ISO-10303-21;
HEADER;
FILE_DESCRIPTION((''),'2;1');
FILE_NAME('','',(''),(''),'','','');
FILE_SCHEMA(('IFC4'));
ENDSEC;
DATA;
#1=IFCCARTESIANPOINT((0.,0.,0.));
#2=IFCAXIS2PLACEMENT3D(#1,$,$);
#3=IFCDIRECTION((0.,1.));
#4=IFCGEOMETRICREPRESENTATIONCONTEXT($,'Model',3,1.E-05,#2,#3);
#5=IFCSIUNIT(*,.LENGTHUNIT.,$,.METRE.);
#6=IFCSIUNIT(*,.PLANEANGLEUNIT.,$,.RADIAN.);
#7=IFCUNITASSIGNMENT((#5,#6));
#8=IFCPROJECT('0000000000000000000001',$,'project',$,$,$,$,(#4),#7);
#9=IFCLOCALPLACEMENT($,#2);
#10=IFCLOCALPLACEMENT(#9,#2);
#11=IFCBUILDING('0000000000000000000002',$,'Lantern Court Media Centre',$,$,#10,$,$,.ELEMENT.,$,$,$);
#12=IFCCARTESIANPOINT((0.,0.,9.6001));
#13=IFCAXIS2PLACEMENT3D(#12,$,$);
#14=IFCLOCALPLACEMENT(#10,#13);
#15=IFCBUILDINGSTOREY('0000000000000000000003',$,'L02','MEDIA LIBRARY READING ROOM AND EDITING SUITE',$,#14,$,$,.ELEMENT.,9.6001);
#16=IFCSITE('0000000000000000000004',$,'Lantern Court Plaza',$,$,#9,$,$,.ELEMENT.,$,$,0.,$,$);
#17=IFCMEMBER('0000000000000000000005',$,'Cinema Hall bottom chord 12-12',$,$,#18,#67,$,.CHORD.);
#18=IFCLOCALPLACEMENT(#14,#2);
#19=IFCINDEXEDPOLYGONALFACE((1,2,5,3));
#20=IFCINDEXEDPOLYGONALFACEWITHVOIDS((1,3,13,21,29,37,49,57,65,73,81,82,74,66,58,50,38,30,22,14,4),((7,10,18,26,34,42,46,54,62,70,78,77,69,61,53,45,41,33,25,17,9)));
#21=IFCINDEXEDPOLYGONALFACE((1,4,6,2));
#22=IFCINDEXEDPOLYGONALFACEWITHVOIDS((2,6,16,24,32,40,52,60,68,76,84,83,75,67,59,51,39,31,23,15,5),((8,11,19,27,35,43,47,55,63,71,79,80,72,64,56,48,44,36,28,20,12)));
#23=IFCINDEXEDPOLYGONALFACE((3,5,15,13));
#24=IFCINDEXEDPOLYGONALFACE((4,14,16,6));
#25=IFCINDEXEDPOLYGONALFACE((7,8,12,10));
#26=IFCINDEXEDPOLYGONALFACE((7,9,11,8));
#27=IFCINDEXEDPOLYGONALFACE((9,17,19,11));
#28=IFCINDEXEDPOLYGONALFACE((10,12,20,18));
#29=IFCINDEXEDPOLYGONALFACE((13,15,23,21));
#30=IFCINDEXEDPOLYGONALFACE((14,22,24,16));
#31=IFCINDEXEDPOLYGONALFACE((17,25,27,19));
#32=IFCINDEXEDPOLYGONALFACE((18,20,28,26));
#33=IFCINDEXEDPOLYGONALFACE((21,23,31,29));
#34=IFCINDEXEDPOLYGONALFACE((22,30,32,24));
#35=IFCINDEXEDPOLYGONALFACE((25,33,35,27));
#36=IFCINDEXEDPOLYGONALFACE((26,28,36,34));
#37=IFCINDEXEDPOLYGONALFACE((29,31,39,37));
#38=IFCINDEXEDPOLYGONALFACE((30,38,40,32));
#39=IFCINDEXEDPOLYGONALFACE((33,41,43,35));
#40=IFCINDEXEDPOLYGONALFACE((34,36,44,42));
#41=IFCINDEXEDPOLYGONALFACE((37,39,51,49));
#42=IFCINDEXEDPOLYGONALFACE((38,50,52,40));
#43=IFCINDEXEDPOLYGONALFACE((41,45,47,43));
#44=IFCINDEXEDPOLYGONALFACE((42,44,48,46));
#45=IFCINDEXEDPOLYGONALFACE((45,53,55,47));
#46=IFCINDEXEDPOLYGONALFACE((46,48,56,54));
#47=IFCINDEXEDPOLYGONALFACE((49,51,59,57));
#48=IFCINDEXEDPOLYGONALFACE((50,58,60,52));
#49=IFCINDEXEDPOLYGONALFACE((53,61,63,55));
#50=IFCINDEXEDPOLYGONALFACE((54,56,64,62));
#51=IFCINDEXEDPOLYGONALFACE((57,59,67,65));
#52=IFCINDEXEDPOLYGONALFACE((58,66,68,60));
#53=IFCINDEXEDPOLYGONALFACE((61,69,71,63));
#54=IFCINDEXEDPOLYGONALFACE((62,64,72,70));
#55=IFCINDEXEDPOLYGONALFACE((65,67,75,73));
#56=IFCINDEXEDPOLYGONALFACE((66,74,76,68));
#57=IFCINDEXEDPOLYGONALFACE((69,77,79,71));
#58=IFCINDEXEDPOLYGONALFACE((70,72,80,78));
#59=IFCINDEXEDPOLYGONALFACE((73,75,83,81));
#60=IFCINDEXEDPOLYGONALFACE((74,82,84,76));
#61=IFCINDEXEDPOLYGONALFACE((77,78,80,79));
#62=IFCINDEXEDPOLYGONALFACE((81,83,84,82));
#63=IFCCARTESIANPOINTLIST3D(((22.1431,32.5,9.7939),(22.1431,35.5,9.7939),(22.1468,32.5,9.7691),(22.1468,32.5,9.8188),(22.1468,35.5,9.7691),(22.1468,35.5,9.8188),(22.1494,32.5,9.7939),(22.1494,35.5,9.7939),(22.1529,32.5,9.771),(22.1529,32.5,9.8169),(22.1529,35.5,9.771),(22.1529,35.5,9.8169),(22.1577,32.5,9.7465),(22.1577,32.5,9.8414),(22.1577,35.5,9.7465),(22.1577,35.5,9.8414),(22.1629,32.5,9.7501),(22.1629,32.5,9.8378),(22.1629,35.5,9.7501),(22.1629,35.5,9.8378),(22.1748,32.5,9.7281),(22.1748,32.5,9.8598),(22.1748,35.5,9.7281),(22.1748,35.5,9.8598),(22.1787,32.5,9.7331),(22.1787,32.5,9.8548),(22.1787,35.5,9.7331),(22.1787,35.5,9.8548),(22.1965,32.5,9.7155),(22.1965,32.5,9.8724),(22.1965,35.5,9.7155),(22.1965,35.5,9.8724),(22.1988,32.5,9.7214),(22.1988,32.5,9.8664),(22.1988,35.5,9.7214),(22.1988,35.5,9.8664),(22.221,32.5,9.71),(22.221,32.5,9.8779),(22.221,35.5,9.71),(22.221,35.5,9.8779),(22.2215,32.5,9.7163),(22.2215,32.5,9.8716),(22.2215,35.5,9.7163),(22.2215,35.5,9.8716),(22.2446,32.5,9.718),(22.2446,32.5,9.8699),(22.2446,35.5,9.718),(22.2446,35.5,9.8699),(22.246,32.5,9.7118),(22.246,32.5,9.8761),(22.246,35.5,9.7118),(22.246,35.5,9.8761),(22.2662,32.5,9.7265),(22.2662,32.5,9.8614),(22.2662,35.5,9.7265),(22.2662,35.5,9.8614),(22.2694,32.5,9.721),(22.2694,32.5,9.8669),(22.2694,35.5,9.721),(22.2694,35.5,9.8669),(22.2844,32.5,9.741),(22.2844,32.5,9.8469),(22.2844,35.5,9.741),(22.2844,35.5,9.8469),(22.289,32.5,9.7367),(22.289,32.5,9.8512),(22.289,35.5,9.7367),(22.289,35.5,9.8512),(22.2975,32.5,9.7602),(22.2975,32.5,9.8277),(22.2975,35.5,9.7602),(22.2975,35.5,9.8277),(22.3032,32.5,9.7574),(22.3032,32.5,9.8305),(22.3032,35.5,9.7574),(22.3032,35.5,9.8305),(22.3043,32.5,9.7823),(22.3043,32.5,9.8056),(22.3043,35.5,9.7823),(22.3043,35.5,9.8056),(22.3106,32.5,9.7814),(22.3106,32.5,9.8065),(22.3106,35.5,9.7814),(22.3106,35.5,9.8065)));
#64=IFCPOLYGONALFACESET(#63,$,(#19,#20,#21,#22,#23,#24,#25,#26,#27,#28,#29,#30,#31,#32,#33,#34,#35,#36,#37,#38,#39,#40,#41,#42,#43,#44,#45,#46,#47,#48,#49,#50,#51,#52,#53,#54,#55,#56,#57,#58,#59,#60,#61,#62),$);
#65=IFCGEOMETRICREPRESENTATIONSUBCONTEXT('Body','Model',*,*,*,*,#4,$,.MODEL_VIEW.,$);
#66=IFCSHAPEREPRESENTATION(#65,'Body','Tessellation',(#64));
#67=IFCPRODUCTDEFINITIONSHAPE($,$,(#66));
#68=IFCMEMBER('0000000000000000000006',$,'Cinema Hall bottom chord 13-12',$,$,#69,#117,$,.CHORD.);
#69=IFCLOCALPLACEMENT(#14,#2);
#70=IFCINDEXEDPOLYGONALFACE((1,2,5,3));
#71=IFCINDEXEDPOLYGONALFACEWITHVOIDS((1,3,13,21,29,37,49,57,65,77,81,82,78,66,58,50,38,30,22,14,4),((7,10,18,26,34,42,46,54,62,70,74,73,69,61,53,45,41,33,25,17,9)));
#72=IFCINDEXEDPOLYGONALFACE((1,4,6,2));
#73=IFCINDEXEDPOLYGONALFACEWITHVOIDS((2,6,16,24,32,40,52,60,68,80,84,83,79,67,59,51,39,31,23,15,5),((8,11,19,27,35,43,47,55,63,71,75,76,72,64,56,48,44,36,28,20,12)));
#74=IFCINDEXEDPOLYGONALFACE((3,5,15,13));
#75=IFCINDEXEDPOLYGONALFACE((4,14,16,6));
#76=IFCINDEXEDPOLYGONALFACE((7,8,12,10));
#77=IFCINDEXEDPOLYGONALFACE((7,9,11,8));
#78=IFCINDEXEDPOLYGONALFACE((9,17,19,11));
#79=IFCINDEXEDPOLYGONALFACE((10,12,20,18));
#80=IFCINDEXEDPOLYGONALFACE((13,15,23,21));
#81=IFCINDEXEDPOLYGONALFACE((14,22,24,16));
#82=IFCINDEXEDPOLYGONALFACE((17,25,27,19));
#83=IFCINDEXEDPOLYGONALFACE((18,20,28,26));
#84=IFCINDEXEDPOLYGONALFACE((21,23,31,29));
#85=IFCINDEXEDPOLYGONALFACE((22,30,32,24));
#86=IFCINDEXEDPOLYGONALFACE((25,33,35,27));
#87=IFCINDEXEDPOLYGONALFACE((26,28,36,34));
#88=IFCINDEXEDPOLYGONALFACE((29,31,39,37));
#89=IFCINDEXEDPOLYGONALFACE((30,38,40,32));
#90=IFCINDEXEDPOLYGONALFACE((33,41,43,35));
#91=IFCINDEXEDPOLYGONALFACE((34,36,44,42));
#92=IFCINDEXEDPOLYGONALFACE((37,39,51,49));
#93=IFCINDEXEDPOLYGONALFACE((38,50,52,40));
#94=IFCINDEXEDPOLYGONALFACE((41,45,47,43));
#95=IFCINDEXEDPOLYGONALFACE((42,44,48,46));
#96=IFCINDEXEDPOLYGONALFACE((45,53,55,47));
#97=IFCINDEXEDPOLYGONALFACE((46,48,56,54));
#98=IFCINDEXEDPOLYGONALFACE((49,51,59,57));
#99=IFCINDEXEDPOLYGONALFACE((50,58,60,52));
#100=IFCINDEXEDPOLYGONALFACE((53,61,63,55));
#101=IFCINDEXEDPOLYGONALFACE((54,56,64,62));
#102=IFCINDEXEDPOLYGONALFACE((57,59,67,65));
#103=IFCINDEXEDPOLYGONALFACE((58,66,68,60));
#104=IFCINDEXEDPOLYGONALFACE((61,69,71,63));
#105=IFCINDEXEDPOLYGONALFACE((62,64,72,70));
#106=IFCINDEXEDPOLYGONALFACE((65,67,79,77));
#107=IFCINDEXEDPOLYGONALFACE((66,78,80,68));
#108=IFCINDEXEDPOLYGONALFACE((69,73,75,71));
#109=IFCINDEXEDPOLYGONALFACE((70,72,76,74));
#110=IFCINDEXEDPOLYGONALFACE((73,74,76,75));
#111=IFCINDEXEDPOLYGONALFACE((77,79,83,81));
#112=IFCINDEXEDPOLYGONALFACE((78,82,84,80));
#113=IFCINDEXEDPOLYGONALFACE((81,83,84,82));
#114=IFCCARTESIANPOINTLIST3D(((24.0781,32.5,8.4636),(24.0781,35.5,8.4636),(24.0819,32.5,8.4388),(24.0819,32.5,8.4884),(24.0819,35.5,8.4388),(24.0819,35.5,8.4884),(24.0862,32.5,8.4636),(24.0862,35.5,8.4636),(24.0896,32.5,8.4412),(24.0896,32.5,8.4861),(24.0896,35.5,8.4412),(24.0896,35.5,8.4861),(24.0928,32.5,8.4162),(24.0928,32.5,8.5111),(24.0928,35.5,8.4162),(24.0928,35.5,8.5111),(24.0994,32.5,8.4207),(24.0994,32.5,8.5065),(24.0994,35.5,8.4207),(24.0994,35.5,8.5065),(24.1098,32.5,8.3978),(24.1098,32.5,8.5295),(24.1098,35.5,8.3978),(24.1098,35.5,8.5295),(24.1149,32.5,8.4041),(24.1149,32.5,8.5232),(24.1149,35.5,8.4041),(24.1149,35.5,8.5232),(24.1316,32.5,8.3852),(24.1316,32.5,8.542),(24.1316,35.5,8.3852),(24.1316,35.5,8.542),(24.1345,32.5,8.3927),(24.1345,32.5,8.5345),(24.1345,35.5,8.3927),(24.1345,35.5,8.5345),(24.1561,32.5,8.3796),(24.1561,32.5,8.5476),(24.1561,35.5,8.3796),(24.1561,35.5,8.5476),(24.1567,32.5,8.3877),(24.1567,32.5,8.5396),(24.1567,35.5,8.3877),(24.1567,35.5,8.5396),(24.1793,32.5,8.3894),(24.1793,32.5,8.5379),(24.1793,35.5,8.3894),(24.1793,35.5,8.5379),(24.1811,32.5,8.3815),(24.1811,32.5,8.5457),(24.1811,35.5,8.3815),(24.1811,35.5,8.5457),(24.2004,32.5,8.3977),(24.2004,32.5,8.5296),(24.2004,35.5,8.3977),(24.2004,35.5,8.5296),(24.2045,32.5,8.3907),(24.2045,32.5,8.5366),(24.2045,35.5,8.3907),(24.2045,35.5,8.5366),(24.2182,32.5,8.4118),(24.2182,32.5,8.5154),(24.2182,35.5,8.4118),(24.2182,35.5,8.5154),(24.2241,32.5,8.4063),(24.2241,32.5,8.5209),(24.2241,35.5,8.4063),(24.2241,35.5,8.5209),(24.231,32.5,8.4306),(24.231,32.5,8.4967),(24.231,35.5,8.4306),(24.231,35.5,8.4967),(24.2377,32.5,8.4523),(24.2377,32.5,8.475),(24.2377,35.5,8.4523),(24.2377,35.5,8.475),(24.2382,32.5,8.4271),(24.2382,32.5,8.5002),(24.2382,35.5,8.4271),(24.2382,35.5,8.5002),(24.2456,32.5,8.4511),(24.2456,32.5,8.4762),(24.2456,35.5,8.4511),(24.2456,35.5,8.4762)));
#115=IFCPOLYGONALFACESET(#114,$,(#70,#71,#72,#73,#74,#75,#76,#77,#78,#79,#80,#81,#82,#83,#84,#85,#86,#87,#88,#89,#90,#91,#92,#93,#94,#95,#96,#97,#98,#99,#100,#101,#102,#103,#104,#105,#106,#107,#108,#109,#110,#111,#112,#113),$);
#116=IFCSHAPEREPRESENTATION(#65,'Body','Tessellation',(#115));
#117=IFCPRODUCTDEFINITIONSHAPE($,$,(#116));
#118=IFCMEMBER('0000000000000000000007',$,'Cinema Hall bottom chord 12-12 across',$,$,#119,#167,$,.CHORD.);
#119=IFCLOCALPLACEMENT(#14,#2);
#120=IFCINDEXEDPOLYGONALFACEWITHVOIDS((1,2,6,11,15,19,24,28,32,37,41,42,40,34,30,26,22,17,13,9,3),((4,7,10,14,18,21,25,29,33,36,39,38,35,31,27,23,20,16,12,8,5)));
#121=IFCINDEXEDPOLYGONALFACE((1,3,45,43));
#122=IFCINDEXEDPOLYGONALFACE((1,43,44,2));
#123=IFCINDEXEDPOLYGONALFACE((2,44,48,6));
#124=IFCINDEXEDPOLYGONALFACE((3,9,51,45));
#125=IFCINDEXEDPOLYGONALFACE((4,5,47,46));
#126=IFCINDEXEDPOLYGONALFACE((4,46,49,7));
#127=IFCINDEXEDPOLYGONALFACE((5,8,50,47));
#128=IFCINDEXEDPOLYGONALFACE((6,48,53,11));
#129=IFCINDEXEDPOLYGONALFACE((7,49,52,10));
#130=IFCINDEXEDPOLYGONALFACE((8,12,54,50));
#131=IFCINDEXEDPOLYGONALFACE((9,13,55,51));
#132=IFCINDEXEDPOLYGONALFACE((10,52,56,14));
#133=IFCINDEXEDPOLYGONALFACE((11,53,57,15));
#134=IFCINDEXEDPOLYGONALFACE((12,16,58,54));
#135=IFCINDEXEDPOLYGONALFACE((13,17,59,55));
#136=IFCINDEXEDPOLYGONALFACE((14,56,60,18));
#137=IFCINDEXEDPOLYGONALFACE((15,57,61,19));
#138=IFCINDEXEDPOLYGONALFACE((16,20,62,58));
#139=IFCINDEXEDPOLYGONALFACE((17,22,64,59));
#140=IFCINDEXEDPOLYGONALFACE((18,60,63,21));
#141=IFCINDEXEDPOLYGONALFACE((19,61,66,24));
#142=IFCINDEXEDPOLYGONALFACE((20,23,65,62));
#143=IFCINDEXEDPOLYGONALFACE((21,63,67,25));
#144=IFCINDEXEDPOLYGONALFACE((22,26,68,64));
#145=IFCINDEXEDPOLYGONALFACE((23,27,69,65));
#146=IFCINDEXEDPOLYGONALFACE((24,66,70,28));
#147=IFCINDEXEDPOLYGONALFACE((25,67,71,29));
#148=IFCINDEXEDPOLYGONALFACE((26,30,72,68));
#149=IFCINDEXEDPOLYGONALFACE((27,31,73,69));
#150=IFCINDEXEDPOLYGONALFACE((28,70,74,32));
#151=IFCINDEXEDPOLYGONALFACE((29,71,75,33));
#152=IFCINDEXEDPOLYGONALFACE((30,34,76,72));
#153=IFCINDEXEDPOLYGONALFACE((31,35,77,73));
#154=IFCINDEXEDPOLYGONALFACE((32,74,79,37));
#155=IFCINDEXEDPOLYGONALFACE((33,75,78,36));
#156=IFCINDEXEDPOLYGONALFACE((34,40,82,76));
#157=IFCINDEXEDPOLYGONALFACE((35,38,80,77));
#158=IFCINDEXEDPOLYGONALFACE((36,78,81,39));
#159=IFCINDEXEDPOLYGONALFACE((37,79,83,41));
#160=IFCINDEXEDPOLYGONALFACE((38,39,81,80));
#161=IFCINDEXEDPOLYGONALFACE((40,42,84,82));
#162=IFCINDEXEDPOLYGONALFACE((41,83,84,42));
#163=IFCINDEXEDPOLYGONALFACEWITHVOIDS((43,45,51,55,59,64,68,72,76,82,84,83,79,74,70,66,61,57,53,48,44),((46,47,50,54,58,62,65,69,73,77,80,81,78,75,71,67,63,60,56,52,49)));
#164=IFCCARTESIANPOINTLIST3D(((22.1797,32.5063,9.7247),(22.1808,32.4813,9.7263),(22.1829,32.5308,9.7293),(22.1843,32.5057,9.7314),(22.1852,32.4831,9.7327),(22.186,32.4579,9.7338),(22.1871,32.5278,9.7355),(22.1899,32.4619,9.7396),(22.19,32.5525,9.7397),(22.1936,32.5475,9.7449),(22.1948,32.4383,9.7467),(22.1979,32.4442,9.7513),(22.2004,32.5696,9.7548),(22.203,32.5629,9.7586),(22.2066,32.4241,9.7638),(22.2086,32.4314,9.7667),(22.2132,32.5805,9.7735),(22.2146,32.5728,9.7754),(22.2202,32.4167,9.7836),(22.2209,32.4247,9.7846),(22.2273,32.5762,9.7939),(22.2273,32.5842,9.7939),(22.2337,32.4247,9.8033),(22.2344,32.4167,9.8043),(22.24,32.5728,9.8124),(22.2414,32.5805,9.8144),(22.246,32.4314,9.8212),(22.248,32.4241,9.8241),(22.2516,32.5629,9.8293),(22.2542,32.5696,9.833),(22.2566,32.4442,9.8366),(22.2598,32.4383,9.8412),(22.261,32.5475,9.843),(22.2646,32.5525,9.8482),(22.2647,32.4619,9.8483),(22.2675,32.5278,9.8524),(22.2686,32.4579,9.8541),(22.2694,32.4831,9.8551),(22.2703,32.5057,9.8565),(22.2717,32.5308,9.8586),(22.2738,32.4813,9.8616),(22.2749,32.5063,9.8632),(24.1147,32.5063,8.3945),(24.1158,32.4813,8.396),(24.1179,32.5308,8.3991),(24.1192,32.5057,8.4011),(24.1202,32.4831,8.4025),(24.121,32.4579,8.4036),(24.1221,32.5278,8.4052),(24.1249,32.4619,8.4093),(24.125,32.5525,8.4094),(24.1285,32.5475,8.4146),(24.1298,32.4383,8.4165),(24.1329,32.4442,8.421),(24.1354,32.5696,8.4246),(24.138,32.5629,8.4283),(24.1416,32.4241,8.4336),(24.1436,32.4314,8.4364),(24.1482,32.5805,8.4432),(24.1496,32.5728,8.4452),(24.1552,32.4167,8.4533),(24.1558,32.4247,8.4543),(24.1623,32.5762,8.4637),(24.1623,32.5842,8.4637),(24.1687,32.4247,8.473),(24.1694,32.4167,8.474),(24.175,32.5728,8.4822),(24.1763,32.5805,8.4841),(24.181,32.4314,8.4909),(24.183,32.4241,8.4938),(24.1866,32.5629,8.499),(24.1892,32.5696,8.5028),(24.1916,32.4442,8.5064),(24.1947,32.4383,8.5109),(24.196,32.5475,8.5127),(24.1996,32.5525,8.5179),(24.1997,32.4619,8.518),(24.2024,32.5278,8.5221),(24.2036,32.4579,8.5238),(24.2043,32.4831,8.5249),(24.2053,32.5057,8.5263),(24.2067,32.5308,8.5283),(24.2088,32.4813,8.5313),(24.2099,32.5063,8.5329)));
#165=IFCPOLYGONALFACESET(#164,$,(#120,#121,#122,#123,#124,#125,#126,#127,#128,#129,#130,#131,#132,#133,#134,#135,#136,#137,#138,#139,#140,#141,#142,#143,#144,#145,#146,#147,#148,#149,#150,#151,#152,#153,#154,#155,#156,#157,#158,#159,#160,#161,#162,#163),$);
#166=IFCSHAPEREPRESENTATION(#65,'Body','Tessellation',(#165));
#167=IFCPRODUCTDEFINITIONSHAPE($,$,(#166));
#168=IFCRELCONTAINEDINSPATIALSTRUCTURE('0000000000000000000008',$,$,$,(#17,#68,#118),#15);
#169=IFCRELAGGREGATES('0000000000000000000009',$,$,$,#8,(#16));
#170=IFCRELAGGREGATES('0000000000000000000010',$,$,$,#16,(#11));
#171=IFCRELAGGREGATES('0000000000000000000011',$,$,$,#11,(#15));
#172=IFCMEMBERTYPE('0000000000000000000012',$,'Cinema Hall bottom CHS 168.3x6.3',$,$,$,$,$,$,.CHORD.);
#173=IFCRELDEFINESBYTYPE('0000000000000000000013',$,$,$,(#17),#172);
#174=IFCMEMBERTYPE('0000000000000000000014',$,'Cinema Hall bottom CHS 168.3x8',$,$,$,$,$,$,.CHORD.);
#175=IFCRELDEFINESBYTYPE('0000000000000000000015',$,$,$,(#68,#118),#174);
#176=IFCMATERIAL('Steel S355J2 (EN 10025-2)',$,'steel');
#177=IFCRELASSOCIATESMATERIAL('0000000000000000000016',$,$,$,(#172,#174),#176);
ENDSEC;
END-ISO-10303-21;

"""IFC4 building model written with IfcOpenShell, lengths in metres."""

from ifc_helpers import new_model, si_unit, direction, frame, origin, origin_2d, place, context, subcontext, project, spatial, hollow_circle, extrude, material, material_profile, profile_set, type_object, element, save


model = new_model("IFC4")

# Units and contexts
model_context = context("Model", 3, precision=1e-05, world=origin(), true_north=direction((0.0, 1.0)))
body_context = subcontext(model_context, "Body", "Model", "MODEL_VIEW")
ifc_project = project(units=[si_unit("LENGTHUNIT", "METRE"), si_unit("PLANEANGLEUNIT", "RADIAN")], contexts=[model_context])

# Site, building, storey
site_placement = place(None, origin())
site = spatial("IfcSite", under=ifc_project, at=site_placement, Name="Lantern Court Plaza", CompositionType="ELEMENT", RefElevation=0.0)
building_placement = place(site_placement, origin())
building = spatial("IfcBuilding", under=site, at=building_placement, Name="Lantern Court Media Centre", CompositionType="ELEMENT")
storey_placement = place(building_placement, frame((0.0, 0.0, 9.6001)))
storey = spatial("IfcBuildingStorey", under=building, at=storey_placement, Name="L02", Description="MEDIA LIBRARY READING ROOM AND EDITING SUITE", CompositionType="ELEMENT", Elevation=9.6001)

# Members
ifc_material = material(Name="Steel S355J2 (EN 10025-2)", Category="steel")
ifc_material_profile_1 = material_profile(ifc_material, hollow_circle(Radius=0.0842, WallThickness=0.0063, at=origin_2d()), Name="Cinema Hall bottom CHS 168.3x6.3")
ifc_profile_set_1 = profile_set([ifc_material_profile_1], Name="Steel S355J2 (EN 10025-2)")
member_type_1 = type_object("IfcMemberType", Name="Cinema Hall bottom CHS 168.3x6.3", PredefinedType="CHORD", material=ifc_profile_set_1)
member_1_placement = place(storey_placement, frame((22.2273, 32.5, 9.7939), z_axis=(0.0, 1.0, 0.0), x_axis=(-1.0, 0.0, 0.0)))
element("IfcMember", 1, at=member_1_placement, inside=storey, type_object=member_type_1, Name="Cinema Hall bottom chord 12-12", PredefinedType="CHORD", context=body_context, shape_type="SweptSolid", body=[
    extrude(hollow_circle(Radius=0.0842, WallThickness=0.0063, at=origin_2d()), origin(), (0.0, 0.0, 1.0), 3.0),
])
ifc_material_profile_2 = material_profile(ifc_material, hollow_circle(Radius=0.0842, WallThickness=0.0081, at=origin_2d()), Name="Cinema Hall bottom CHS 168.3x8")
ifc_profile_set_2 = profile_set([ifc_material_profile_2], Name="Steel S355J2 (EN 10025-2)")
member_type_2 = type_object("IfcMemberType", Name="Cinema Hall bottom CHS 168.3x8", PredefinedType="CHORD", material=ifc_profile_set_2)
member_2_placement = place(storey_placement, frame((24.1624, 32.5, 8.4636), z_axis=(0.0, 1.0, 0.0), x_axis=(-1.0, 0.0, 0.0)))
element("IfcMember", 2, at=member_2_placement, inside=storey, type_object=member_type_2, Name="Cinema Hall bottom chord 13-12", PredefinedType="CHORD", context=body_context, shape_type="SweptSolid", body=[
    extrude(hollow_circle(Radius=0.0842, WallThickness=0.0081, at=origin_2d()), origin(), (0.0, 0.0, 1.0), 3.0),
])
member_3_placement = place(storey_placement, frame((22.2273, 32.5, 9.7939), z_axis=(0.824048, 0.0, -0.56652), x_axis=(0.0, 1.0, 0.0)))
element("IfcMember", 3, at=member_3_placement, inside=storey, type_object=member_type_2, Name="Cinema Hall bottom chord 12-12 across", PredefinedType="CHORD", context=body_context, shape_type="SweptSolid", body=[
    extrude(hollow_circle(Radius=0.0842, WallThickness=0.0081, at=origin_2d()), origin(), (0.0, 0.0, 1.0), 2.3481),
])

save(model, "model.ifc")
